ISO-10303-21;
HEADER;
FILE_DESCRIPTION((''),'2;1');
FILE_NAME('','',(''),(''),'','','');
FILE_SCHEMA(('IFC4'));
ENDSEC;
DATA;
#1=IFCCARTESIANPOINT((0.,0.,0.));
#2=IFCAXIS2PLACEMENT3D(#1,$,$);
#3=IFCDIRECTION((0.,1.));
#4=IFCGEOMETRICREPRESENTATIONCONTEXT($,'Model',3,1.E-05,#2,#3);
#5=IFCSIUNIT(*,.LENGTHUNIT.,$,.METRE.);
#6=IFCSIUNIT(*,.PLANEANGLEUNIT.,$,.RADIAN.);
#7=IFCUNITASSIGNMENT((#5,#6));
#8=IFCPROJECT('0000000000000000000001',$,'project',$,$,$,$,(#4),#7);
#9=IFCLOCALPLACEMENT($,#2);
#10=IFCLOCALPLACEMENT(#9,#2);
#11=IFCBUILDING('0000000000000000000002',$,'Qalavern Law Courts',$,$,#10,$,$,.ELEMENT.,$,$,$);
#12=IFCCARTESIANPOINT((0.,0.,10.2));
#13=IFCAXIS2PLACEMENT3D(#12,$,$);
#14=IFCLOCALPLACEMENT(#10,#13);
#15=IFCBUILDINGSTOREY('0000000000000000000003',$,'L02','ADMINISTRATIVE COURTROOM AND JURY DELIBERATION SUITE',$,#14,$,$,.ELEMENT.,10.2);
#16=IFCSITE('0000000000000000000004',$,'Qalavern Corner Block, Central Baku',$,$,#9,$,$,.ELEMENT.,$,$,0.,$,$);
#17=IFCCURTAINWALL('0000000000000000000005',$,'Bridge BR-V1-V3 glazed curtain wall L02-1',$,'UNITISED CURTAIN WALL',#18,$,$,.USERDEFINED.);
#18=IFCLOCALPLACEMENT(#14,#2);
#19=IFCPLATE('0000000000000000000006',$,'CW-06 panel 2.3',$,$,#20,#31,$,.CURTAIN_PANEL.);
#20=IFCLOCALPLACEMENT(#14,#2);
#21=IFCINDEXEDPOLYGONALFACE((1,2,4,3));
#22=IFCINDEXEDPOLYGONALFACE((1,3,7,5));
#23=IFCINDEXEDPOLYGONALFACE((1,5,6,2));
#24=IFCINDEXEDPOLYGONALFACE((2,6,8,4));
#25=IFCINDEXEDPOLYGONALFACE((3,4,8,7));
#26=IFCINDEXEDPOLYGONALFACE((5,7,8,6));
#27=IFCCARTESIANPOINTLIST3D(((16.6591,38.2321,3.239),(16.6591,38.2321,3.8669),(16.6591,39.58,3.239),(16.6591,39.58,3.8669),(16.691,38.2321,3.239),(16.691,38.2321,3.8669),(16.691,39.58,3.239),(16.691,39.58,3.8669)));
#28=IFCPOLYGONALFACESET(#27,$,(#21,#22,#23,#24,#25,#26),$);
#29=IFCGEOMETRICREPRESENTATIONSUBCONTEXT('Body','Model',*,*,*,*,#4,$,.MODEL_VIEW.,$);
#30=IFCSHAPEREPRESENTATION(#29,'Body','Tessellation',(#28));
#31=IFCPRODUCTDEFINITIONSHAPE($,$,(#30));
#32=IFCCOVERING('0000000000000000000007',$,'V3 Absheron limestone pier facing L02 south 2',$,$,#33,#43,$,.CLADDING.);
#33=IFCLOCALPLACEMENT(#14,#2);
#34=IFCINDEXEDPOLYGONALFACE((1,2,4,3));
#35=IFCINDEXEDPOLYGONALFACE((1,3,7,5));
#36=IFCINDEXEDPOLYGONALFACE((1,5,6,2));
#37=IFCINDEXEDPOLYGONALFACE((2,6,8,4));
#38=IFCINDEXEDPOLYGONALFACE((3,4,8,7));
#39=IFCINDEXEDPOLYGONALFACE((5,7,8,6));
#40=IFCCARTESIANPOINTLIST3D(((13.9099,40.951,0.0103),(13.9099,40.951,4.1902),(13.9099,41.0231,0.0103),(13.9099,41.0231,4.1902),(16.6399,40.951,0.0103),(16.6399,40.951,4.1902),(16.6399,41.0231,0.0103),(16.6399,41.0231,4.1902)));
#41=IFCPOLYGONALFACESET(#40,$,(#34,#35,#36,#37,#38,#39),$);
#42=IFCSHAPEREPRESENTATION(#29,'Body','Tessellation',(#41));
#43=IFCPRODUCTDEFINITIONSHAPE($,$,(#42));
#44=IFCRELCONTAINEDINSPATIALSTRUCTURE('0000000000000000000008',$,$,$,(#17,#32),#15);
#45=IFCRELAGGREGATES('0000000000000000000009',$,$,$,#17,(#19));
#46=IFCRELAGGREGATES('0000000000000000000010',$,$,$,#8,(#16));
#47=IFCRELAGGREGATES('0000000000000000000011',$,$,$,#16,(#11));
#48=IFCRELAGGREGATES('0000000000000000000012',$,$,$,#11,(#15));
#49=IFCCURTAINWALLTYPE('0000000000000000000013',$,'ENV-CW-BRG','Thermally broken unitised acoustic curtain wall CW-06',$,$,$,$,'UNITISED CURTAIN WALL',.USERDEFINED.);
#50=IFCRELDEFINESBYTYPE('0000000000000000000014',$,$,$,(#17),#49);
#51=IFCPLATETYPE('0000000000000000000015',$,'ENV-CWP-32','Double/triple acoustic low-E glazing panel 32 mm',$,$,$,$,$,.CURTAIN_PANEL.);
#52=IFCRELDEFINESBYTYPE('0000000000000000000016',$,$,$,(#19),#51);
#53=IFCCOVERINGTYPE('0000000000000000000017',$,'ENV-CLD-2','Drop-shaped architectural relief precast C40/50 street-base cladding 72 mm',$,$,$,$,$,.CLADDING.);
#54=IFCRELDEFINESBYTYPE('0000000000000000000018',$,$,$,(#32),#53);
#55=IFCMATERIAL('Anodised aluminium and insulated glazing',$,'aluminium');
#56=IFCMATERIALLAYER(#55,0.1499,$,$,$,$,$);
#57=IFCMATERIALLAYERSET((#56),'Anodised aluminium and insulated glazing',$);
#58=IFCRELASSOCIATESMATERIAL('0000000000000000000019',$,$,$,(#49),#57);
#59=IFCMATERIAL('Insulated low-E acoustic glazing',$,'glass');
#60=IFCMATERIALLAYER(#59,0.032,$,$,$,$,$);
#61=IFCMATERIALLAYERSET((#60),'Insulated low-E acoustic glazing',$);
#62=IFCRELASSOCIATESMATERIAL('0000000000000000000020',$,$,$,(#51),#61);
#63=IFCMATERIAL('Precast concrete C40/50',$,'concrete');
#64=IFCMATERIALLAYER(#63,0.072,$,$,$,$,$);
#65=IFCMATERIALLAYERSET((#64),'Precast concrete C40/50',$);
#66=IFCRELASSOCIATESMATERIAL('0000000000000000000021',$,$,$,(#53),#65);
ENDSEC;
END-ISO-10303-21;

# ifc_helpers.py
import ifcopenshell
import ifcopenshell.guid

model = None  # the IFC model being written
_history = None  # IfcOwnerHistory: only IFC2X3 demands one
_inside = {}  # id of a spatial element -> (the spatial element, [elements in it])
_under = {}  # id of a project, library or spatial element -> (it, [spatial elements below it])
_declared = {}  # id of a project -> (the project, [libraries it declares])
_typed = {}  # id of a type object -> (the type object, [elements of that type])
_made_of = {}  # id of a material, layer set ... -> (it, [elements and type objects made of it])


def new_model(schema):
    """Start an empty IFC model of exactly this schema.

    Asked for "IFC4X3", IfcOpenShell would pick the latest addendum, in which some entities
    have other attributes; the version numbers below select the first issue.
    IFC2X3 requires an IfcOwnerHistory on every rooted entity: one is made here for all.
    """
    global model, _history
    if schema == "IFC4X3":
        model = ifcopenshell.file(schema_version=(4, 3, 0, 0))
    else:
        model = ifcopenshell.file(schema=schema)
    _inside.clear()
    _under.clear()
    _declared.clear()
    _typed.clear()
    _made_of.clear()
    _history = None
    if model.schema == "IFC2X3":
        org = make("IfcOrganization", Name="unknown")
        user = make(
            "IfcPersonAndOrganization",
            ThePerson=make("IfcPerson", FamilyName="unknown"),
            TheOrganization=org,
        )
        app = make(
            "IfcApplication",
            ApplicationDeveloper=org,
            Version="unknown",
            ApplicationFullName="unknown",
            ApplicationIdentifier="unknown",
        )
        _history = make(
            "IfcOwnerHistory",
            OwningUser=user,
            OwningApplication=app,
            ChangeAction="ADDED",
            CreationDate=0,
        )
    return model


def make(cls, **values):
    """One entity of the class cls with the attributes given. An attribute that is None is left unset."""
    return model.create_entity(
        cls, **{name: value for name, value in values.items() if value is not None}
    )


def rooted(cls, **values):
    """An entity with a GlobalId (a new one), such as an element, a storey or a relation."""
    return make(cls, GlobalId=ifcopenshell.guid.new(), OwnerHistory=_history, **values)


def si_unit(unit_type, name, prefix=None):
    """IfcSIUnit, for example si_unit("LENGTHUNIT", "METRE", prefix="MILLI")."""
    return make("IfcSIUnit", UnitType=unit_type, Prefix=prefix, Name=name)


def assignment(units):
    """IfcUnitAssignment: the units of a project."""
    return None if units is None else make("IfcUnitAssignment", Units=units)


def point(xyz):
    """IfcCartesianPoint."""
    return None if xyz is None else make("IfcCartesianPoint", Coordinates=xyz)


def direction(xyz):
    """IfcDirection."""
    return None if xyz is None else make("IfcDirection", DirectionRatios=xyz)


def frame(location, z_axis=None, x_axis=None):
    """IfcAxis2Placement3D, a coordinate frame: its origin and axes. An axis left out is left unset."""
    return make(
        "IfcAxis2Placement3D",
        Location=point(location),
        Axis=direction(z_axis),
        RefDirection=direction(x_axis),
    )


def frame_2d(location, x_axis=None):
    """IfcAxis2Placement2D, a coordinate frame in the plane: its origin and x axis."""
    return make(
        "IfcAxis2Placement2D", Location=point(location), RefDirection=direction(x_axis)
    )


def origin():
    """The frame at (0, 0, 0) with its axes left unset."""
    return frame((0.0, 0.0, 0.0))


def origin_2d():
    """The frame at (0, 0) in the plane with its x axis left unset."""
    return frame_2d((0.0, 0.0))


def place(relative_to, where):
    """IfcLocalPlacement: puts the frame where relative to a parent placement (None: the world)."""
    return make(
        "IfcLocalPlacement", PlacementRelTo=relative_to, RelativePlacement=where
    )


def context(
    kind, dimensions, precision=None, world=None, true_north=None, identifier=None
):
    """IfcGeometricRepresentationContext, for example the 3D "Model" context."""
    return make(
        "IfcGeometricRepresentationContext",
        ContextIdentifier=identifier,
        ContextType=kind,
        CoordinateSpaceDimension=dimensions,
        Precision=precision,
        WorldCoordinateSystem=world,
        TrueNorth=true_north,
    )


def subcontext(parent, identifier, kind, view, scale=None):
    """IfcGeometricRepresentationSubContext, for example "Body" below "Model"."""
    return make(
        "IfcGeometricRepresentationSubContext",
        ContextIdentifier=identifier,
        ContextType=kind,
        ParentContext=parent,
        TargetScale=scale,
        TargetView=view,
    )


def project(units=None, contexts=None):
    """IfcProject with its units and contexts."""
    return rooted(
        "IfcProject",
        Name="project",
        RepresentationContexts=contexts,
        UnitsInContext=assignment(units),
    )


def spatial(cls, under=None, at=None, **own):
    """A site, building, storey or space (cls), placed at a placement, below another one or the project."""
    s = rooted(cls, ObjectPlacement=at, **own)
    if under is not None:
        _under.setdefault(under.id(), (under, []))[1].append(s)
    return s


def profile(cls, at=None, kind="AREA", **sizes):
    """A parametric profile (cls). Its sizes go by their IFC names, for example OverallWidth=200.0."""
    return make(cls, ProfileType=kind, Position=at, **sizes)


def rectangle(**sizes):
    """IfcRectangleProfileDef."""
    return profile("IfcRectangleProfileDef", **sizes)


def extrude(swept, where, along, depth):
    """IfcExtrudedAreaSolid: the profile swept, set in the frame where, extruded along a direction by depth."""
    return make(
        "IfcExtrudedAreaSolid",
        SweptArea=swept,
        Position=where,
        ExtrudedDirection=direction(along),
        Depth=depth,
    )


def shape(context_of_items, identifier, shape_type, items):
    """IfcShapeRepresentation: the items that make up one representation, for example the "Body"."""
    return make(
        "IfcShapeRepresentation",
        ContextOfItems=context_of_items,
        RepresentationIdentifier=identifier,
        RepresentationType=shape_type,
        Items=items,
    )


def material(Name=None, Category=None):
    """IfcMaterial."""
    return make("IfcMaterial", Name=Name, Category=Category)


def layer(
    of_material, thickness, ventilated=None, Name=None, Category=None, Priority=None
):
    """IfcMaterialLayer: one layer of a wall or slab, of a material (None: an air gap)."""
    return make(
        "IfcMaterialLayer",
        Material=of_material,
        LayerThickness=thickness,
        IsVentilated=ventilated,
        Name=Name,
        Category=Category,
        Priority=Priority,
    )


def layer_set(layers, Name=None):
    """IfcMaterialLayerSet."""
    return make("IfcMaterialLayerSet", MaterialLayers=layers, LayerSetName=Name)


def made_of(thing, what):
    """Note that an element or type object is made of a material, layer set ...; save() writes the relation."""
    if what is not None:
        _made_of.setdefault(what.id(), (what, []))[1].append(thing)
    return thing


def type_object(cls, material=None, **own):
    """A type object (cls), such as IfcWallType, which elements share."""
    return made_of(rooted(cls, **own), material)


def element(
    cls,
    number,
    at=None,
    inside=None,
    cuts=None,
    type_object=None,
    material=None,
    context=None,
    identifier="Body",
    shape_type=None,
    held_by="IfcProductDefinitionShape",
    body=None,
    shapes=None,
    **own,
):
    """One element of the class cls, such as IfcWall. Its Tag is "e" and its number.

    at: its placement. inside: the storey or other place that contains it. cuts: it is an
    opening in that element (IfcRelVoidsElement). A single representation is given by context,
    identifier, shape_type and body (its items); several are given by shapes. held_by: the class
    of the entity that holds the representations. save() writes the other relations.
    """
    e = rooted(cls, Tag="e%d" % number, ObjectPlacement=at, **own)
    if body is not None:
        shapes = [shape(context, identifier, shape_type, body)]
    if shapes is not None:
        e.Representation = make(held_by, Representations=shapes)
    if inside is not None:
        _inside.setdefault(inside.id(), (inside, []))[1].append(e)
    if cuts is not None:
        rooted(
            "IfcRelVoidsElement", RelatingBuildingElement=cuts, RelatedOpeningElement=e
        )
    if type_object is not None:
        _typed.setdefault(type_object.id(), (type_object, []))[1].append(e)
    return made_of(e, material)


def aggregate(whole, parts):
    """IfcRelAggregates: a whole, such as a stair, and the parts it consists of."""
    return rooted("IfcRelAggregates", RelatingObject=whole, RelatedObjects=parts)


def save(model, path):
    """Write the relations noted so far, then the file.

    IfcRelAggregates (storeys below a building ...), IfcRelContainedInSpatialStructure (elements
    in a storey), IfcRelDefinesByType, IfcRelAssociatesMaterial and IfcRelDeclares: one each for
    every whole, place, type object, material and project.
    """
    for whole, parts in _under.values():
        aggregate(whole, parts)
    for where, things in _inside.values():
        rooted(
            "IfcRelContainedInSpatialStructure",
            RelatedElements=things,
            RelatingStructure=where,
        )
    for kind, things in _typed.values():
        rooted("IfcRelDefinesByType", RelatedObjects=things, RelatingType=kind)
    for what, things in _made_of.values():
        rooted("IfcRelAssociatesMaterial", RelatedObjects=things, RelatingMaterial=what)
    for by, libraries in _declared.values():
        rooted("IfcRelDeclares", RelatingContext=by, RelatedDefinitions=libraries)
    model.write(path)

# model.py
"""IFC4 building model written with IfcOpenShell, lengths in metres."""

from ifc_helpers import new_model, si_unit, direction, frame, origin, origin_2d, place, context, subcontext, project, spatial, rectangle, extrude, material, layer, layer_set, type_object, element, aggregate, save


model = new_model("IFC4")

# Units and contexts
model_context = context("Model", 3, precision=1e-05, world=origin(), true_north=direction((0.0, 1.0)))
body_context = subcontext(model_context, "Body", "Model", "MODEL_VIEW")
ifc_project = project(units=[si_unit("LENGTHUNIT", "METRE"), si_unit("PLANEANGLEUNIT", "RADIAN")], contexts=[model_context])

# Site, building, storey
site_placement = place(None, origin())
site = spatial("IfcSite", under=ifc_project, at=site_placement, Name="Qalavern Corner Block, Central Baku", CompositionType="ELEMENT", RefElevation=0.0)
building_placement = place(site_placement, origin())
building = spatial("IfcBuilding", under=site, at=building_placement, Name="Qalavern Law Courts", CompositionType="ELEMENT")
storey_placement = place(building_placement, frame((0.0, 0.0, 10.2)))
storey = spatial("IfcBuildingStorey", under=building, at=storey_placement, Name="L02", Description="ADMINISTRATIVE COURTROOM AND JURY DELIBERATION SUITE", CompositionType="ELEMENT", Elevation=10.2)

# Curtain wall
ifc_material_1 = material(Name="Anodised aluminium and insulated glazing", Category="aluminium")
ifc_layer_1 = layer(ifc_material_1, 0.1499)
ifc_layer_set_1 = layer_set([ifc_layer_1], Name="Anodised aluminium and insulated glazing")
curtain_wall_type = type_object("IfcCurtainWallType", Name="ENV-CW-BRG", Description="Thermally broken unitised acoustic curtain wall CW-06", ElementType="UNITISED CURTAIN WALL", PredefinedType="USERDEFINED", material=ifc_layer_set_1)
curtain_wall_1_placement = place(storey_placement, origin())
curtain_wall_1 = element("IfcCurtainWall", 1, at=curtain_wall_1_placement, inside=storey, type_object=curtain_wall_type, Name="Bridge BR-V1-V3 glazed curtain wall L02-1", ObjectType="UNITISED CURTAIN WALL", PredefinedType="USERDEFINED")

# Plate
ifc_material_2 = material(Name="Insulated low-E acoustic glazing", Category="glass")
ifc_layer_2 = layer(ifc_material_2, 0.032)
ifc_layer_set_2 = layer_set([ifc_layer_2], Name="Insulated low-E acoustic glazing")
plate_type = type_object("IfcPlateType", Name="ENV-CWP-32", Description="Double/triple acoustic low-E glazing panel 32 mm", PredefinedType="CURTAIN_PANEL", material=ifc_layer_set_2)
plate_1_placement = place(storey_placement, frame((16.675, 38.906, 3.239), z_axis=(0.0, 0.0, 1.0), x_axis=(0.0, -1.0, 0.0)))
plate_1 = element("IfcPlate", 2, at=plate_1_placement, type_object=plate_type, Name="CW-06 panel 2.3", PredefinedType="CURTAIN_PANEL", context=body_context, shape_type="SweptSolid", body=[
    extrude(rectangle(XDim=1.3479, YDim=0.032, at=origin_2d()), origin(), (0.0, 0.0, 1.0), 0.6279),
])
aggregate(curtain_wall_1, [plate_1])

# Covering
ifc_material_3 = material(Name="Precast concrete C40/50", Category="concrete")
ifc_layer_3 = layer(ifc_material_3, 0.072)
ifc_layer_set_3 = layer_set([ifc_layer_3], Name="Precast concrete C40/50")
covering_type = type_object("IfcCoveringType", Name="ENV-CLD-2", Description="Drop-shaped architectural relief precast C40/50 street-base cladding 72 mm", PredefinedType="CLADDING", material=ifc_layer_set_3)
covering_placement = place(storey_placement, frame((15.2749, 40.9871, 0.0103), z_axis=(0.0, 0.0, 1.0), x_axis=(1.0, 0.0, 0.0)))
element("IfcCovering", 3, at=covering_placement, inside=storey, type_object=covering_type, Name="V3 Absheron limestone pier facing L02 south 2", PredefinedType="CLADDING", context=body_context, shape_type="SweptSolid", body=[
    extrude(rectangle(XDim=2.73, YDim=0.072, at=origin_2d()), origin(), (0.0, 0.0, 1.0), 4.1799),
])

save(model, "model.ifc")
